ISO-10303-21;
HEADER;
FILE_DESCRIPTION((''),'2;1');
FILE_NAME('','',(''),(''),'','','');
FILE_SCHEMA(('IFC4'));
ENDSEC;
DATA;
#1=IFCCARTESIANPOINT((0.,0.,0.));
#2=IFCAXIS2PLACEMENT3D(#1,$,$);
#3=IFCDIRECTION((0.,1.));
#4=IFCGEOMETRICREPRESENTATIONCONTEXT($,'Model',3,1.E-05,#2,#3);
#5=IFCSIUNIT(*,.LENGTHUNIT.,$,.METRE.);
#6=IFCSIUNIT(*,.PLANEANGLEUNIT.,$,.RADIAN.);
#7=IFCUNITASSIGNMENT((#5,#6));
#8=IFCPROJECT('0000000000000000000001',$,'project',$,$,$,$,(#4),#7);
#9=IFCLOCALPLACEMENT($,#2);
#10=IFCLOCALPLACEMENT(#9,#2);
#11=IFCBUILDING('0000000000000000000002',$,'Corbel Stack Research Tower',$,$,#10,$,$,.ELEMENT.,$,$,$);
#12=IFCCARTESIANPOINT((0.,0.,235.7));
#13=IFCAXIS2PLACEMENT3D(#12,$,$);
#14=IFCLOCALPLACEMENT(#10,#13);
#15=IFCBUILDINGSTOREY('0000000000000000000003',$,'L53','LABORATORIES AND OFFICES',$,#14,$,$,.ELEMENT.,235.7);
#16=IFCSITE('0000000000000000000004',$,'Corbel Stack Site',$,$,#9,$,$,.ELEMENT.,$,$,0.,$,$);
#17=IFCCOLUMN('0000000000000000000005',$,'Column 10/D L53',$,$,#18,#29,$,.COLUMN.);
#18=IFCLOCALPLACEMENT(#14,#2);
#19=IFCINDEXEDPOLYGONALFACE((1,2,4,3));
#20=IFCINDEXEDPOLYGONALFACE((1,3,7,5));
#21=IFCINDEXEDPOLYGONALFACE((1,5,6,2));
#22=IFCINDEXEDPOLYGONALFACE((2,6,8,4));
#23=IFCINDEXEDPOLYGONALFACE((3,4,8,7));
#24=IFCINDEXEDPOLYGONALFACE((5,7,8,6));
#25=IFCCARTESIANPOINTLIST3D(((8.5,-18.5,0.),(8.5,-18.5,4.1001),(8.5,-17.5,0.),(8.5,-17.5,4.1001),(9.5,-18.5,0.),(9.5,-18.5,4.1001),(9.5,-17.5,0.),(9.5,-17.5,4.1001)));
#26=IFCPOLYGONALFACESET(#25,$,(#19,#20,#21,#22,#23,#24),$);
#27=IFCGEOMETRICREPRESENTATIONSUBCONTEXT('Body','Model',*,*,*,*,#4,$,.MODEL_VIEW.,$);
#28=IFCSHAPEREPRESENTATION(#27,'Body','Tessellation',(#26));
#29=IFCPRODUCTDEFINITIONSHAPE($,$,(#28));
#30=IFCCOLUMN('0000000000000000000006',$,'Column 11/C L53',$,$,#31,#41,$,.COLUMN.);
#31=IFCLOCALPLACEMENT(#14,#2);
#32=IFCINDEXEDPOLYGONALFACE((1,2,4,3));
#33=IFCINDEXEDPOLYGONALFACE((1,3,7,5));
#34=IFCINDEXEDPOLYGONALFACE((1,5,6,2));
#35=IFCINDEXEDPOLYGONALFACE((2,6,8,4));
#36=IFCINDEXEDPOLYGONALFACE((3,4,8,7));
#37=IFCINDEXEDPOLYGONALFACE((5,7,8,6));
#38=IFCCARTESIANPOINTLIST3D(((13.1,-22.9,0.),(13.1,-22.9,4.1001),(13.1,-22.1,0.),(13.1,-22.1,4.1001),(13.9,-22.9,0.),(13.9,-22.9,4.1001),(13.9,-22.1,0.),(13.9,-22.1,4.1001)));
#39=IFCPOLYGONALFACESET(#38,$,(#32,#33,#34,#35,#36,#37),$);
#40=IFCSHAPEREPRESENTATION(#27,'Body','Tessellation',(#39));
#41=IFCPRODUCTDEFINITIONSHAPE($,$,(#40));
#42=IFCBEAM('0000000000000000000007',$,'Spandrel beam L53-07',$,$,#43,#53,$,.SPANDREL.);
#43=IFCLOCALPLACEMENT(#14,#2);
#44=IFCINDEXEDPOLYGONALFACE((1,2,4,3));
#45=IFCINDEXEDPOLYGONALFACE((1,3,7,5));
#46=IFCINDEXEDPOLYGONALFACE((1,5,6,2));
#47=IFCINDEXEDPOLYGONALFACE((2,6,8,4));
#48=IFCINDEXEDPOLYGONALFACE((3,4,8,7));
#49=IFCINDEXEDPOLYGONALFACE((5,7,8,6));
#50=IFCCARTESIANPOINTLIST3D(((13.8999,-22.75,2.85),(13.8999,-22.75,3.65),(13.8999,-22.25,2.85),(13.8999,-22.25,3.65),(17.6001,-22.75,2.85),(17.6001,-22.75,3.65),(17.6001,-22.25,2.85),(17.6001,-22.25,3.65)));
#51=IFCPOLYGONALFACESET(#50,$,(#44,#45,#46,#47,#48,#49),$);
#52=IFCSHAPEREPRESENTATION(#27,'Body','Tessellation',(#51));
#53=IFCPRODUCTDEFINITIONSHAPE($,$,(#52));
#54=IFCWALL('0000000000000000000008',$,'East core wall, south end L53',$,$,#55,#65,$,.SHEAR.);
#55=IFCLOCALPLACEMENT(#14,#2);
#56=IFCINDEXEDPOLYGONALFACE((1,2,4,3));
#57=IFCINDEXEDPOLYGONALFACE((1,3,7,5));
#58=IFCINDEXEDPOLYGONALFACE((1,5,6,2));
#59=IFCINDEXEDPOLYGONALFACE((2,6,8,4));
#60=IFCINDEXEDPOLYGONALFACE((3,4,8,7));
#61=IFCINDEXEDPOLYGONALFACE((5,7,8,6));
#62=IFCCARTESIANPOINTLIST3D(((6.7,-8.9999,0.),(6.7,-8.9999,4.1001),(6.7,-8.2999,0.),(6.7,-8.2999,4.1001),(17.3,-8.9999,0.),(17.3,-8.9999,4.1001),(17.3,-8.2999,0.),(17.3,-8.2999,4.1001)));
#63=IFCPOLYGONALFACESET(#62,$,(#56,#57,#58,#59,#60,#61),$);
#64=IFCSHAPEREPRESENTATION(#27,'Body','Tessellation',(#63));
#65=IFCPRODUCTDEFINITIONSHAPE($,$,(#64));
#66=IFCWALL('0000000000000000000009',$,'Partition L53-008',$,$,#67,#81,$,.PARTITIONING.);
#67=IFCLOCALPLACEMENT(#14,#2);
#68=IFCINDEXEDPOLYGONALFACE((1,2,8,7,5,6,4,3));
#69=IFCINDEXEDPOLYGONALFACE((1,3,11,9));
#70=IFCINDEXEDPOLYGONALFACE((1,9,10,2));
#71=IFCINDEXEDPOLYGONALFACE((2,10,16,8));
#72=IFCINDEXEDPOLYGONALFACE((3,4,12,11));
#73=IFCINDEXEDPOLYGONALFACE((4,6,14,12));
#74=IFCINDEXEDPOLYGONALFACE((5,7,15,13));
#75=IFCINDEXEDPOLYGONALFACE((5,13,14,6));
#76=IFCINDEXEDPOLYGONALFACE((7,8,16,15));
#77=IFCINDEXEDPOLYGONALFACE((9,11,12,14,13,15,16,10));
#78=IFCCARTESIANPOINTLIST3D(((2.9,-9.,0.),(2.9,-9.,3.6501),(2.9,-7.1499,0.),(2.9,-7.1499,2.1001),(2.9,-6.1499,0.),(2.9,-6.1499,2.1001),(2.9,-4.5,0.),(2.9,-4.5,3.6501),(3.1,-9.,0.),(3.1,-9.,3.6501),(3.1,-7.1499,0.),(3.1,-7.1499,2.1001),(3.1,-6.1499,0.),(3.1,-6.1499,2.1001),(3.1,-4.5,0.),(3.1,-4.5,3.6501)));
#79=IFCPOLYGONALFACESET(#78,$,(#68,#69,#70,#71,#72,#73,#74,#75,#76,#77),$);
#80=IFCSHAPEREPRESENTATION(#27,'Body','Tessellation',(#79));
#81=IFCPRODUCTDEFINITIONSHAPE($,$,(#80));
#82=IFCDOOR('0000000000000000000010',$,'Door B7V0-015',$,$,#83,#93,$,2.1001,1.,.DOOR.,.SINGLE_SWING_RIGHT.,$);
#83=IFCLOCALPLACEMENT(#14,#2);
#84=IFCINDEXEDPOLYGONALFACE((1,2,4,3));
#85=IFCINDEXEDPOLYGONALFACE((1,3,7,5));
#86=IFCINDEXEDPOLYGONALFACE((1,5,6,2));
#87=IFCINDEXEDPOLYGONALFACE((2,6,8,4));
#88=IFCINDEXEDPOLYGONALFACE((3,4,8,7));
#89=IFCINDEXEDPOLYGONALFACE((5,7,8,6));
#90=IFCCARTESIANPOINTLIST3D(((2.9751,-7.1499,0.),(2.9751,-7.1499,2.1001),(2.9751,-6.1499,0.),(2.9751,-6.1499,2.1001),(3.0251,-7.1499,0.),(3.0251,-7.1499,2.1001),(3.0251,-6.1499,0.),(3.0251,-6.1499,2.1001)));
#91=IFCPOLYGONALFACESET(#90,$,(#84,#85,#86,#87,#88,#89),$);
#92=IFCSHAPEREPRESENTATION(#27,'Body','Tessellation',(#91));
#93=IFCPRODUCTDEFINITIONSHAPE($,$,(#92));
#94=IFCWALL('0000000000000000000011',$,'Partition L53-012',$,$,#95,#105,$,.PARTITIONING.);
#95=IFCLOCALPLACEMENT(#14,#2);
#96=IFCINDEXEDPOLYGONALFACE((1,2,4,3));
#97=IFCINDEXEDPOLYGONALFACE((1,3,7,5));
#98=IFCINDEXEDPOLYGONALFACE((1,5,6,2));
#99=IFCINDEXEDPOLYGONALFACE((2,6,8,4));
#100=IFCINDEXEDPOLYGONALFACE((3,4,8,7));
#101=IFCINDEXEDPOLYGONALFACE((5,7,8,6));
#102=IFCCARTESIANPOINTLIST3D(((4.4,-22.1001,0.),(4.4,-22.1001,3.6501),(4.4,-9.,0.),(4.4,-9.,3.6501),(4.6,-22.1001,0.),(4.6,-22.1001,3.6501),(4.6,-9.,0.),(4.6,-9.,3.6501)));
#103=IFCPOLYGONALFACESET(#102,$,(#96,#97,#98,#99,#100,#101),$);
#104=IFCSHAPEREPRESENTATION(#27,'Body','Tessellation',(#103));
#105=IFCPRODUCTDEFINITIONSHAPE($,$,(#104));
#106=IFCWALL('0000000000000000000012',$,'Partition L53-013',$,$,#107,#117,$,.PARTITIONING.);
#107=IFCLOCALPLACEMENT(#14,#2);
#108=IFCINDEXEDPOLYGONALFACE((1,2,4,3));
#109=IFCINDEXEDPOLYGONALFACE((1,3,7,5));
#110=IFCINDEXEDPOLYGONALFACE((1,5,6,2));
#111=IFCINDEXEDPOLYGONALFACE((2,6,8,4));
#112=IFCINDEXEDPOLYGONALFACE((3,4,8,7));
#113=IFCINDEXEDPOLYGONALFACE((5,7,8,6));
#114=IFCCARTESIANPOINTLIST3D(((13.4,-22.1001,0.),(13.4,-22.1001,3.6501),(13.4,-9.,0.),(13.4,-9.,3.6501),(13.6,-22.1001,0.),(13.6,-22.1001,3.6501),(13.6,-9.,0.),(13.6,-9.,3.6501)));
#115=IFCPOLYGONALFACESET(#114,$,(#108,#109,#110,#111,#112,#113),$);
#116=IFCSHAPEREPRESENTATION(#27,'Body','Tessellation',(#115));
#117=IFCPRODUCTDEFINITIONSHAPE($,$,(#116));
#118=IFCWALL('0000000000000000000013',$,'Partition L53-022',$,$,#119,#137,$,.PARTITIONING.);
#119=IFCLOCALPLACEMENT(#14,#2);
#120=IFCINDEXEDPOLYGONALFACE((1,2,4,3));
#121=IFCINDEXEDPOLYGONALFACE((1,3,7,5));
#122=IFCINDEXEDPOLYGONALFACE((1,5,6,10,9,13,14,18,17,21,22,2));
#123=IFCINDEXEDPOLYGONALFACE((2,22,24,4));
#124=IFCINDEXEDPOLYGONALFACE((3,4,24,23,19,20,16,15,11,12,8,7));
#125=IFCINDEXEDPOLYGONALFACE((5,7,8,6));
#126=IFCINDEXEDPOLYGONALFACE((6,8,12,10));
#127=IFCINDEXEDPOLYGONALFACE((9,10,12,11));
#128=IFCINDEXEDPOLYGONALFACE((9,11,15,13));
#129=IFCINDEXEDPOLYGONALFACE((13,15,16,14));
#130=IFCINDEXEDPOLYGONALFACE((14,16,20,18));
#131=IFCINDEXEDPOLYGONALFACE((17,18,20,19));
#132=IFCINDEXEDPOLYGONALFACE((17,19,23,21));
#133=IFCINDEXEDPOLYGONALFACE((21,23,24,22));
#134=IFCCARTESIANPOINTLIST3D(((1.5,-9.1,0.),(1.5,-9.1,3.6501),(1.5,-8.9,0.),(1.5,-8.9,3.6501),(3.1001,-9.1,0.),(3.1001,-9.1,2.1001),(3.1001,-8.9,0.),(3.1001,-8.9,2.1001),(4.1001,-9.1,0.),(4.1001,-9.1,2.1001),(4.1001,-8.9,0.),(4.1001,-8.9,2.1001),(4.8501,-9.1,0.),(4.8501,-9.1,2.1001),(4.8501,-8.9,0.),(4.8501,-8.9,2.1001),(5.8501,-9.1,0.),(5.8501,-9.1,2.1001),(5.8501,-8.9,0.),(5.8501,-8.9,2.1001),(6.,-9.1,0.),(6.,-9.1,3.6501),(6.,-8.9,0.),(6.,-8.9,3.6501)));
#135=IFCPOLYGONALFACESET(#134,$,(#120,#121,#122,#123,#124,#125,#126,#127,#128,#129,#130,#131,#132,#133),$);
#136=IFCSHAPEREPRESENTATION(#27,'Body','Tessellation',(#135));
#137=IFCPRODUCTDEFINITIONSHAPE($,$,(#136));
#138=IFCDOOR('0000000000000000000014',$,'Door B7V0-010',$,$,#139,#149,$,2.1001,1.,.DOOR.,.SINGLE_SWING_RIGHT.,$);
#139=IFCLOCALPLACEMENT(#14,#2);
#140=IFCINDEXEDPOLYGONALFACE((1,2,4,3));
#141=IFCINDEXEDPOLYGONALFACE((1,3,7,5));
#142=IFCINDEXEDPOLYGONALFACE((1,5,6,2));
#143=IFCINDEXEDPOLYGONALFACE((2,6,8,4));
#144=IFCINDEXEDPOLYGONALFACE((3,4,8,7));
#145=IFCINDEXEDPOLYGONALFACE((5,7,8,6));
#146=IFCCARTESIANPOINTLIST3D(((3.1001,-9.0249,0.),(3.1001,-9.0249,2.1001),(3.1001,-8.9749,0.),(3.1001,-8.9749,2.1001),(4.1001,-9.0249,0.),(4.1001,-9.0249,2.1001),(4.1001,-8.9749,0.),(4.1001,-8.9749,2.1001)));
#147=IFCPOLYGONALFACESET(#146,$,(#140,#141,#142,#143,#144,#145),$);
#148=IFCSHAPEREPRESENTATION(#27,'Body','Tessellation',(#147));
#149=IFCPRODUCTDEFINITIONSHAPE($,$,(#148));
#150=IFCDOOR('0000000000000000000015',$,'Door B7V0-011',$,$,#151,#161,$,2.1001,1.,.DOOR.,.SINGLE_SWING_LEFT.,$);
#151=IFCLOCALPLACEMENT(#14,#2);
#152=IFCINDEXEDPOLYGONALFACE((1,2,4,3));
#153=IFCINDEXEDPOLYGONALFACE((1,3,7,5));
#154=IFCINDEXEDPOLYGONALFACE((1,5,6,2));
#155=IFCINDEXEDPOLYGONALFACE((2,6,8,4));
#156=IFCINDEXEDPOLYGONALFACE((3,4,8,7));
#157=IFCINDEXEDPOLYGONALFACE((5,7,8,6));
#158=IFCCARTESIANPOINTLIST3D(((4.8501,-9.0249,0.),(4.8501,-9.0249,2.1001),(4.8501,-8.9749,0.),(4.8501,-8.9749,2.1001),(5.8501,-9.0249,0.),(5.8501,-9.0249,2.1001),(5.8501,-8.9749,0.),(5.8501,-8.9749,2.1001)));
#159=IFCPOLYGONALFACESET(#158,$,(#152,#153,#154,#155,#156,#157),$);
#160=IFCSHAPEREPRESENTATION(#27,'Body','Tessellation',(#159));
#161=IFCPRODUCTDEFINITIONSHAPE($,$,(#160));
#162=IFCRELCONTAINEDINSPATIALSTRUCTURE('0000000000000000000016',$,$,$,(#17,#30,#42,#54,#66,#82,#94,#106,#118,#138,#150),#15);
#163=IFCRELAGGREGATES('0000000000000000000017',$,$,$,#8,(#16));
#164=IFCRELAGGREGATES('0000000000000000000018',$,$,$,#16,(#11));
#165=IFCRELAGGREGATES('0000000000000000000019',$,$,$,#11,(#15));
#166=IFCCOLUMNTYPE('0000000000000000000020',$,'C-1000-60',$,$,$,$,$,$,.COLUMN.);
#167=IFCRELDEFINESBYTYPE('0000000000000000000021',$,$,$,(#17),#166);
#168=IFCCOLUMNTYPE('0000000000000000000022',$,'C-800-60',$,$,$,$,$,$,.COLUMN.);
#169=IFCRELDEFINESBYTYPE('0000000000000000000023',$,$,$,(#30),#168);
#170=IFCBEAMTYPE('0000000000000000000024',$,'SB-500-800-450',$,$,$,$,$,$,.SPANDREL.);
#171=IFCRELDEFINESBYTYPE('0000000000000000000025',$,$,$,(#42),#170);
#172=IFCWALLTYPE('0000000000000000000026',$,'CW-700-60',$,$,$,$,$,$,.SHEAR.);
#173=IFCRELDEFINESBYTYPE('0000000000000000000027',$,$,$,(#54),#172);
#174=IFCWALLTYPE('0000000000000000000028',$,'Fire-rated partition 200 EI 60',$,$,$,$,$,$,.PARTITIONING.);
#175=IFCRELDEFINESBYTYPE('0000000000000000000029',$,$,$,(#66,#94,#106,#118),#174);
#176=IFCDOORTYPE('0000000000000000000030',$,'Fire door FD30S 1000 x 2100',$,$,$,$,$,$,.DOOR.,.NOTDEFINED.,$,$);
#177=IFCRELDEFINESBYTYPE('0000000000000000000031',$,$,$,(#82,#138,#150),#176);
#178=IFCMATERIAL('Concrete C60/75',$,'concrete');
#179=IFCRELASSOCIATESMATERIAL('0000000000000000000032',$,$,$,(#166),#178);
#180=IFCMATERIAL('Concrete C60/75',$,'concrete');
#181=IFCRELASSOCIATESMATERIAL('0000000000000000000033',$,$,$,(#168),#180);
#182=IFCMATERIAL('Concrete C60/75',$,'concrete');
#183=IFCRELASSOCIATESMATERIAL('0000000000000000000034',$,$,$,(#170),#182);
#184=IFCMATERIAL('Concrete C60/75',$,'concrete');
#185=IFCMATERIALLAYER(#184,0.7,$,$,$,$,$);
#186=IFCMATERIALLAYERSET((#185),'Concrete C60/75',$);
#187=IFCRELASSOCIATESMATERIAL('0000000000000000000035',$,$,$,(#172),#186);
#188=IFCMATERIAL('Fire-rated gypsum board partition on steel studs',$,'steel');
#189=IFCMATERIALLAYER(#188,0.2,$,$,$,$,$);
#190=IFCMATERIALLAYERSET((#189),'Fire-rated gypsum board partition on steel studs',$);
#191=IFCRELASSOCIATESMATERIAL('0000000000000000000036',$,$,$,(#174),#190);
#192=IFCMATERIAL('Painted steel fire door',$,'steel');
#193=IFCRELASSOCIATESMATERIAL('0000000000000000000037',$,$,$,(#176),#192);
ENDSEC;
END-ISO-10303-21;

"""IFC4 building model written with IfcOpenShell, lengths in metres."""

from ifc_helpers import new_model, si_unit, direction, frame, frame_2d, origin, origin_2d, place, context, subcontext, project, spatial, rectangle, extrude, material, layer, layer_set, material_profile, profile_set, type_object, element, fill, save


model = new_model("IFC4")

# Units and contexts
model_context = context("Model", 3, precision=1e-05, world=origin(), true_north=direction((0.0, 1.0)))
body_context = subcontext(model_context, "Body", "Model", "MODEL_VIEW")
ifc_project = project(units=[si_unit("LENGTHUNIT", "METRE"), si_unit("PLANEANGLEUNIT", "RADIAN")], contexts=[model_context])

# Site, building, storey
site_placement = place(None, origin())
site = spatial("IfcSite", under=ifc_project, at=site_placement, Name="Corbel Stack Site", CompositionType="ELEMENT", RefElevation=0.0)
building_placement = place(site_placement, origin())
building = spatial("IfcBuilding", under=site, at=building_placement, Name="Corbel Stack Research Tower", CompositionType="ELEMENT")
storey_placement = place(building_placement, frame((0.0, 0.0, 235.7)))
storey = spatial("IfcBuildingStorey", under=building, at=storey_placement, Name="L53", Description="LABORATORIES AND OFFICES", CompositionType="ELEMENT", Elevation=235.7)

# Columns
ifc_material_1 = material(Name="Concrete C60/75", Category="concrete")
ifc_material_profile_1 = material_profile(ifc_material_1, rectangle(XDim=1.0, YDim=1.0, at=origin_2d()), Name="RC 1000 x 1000")
ifc_profile_set_1 = profile_set([ifc_material_profile_1], Name="Concrete C60/75")
column_type_1 = type_object("IfcColumnType", Name="C-1000-60", PredefinedType="COLUMN", material=ifc_profile_set_1)
column_1_placement = place(storey_placement, frame((9.0, -18.0, 0.0), z_axis=(0.0, 0.0, 1.0), x_axis=(1.0, 0.0, 0.0)))
element("IfcColumn", 1, at=column_1_placement, inside=storey, type_object=column_type_1, Name="Column 10/D L53", PredefinedType="COLUMN", context=body_context, shape_type="SweptSolid", body=[
    extrude(rectangle(XDim=1.0, YDim=1.0, at=origin_2d()), origin(), (0.0, 0.0, 1.0), 4.1001),
])
ifc_material_2 = material(Name="Concrete C60/75", Category="concrete")
ifc_material_profile_2 = material_profile(ifc_material_2, rectangle(XDim=0.8, YDim=0.8, at=origin_2d()), Name="RC 800 x 800")
ifc_profile_set_2 = profile_set([ifc_material_profile_2], Name="Concrete C60/75")
column_type_2 = type_object("IfcColumnType", Name="C-800-60", PredefinedType="COLUMN", material=ifc_profile_set_2)
column_2_placement = place(storey_placement, frame((13.5, -22.5, 0.0), z_axis=(0.0, 0.0, 1.0), x_axis=(1.0, 0.0, 0.0)))
element("IfcColumn", 2, at=column_2_placement, inside=storey, type_object=column_type_2, Name="Column 11/C L53", PredefinedType="COLUMN", context=body_context, shape_type="SweptSolid", body=[
    extrude(rectangle(XDim=0.8, YDim=0.8, at=origin_2d()), origin(), (0.0, 0.0, 1.0), 4.1001),
])

# Beam
ifc_material_3 = material(Name="Concrete C60/75", Category="concrete")
ifc_material_profile_3 = material_profile(ifc_material_3, rectangle(XDim=0.5, YDim=0.8, at=origin_2d()), Name="RC 500 x 800")
ifc_profile_set_3 = profile_set([ifc_material_profile_3], Name="Concrete C60/75")
beam_type = type_object("IfcBeamType", Name="SB-500-800-450", PredefinedType="SPANDREL", material=ifc_profile_set_3)
beam_placement = place(storey_placement, frame((13.8999, -22.5, 3.25), z_axis=(1.0, 0.0, 0.0), x_axis=(0.0, 1.0, 0.0)))
element("IfcBeam", 3, at=beam_placement, inside=storey, type_object=beam_type, Name="Spandrel beam L53-07", PredefinedType="SPANDREL", context=body_context, shape_type="SweptSolid", body=[
    extrude(rectangle(XDim=0.5, YDim=0.8, at=origin_2d()), origin(), (0.0, 0.0, 1.0), 3.7002),
])

# Shared definitions
ifc_material_4 = material(Name="Concrete C60/75", Category="concrete")
ifc_layer_1 = layer(ifc_material_4, 0.7)
ifc_layer_set_1 = layer_set([ifc_layer_1], Name="Concrete C60/75")
wall_type_1 = type_object("IfcWallType", Name="CW-700-60", PredefinedType="SHEAR", material=ifc_layer_set_1)

# Wall
wall_1_placement = place(storey_placement, frame((6.7, -8.6499, 0.0), z_axis=(0.0, 0.0, 1.0), x_axis=(1.0, 0.0, 0.0)))
element("IfcWall", 4, at=wall_1_placement, inside=storey, type_object=wall_type_1, Name="East core wall, south end L53", PredefinedType="SHEAR", context=body_context, shape_type="SweptSolid", body=[
    extrude(rectangle(XDim=10.6001, YDim=0.7, at=frame_2d((5.3, 0.0))), origin(), (0.0, 0.0, 1.0), 4.1001),
])

# Wall, opening, door
ifc_material_5 = material(Name="Fire-rated gypsum board partition on steel studs", Category="steel")
ifc_layer_2 = layer(ifc_material_5, 0.2)
ifc_layer_set_2 = layer_set([ifc_layer_2], Name="Fire-rated gypsum board partition on steel studs")
wall_type_2 = type_object("IfcWallType", Name="Fire-rated partition 200 EI 60", PredefinedType="PARTITIONING", material=ifc_layer_set_2)
wall_2_placement = place(storey_placement, frame((3.0, -9.0, 0.0), z_axis=(0.0, 0.0, 1.0), x_axis=(0.0, 1.0, 0.0)))
wall_2 = element("IfcWall", 5, at=wall_2_placement, inside=storey, type_object=wall_type_2, Name="Partition L53-008", PredefinedType="PARTITIONING", context=body_context, shape_type="SweptSolid", body=[
    extrude(rectangle(XDim=4.5, YDim=0.2, at=frame_2d((2.25, 0.0))), origin(), (0.0, 0.0, 1.0), 3.6501),
])
opening_1_placement = place(wall_2_placement, frame((1.8501, 0.0, 0.0)))
opening_1 = element("IfcOpeningElement", 6, at=opening_1_placement, cuts=wall_2, PredefinedType="OPENING", context=body_context, shape_type="SweptSolid", body=[
    extrude(rectangle(XDim=1.0, YDim=2.1001, at=frame_2d((0.5, 1.05))), frame((0.0, 0.1099, 0.0), z_axis=(0.0, -1.0, 0.0), x_axis=(1.0, 0.0, 0.0)), (0.0, 0.0, 1.0), 0.22),
])
ifc_material_6 = material(Name="Painted steel fire door", Category="steel")
door_type_1 = type_object("IfcDoorType", Name="Fire door FD30S 1000 x 2100", OperationType="NOTDEFINED", PredefinedType="DOOR", material=ifc_material_6)
door_1_placement = place(opening_1_placement, origin())
door_1 = element("IfcDoor", 7, at=door_1_placement, inside=storey, type_object=door_type_1, Name="Door B7V0-015", OperationType="SINGLE_SWING_RIGHT", OverallHeight=2.1001, OverallWidth=1.0, PredefinedType="DOOR", context=body_context, shape_type="SweptSolid", body=[
    extrude(rectangle(XDim=1.0, YDim=2.1001, at=frame_2d((0.5, 1.05))), frame((0.0, 0.0249, 0.0), z_axis=(0.0, -1.0, 0.0), x_axis=(1.0, 0.0, 0.0)), (0.0, 0.0, 1.0), 0.05),
])
fill(opening_1, door_1)

# Walls
for number, where, z_axis, x_axis, name in (
    (8, (4.5, -22.1001, 0.0), (0.0, 0.0, 1.0), (0.0, 1.0, 0.0), "Partition L53-012"),
    (9, (13.5, -22.1001, 0.0), (0.0, 0.0, 1.0), (0.0, 1.0, 0.0), "Partition L53-013"),
):
    element("IfcWall", number, at=place(storey_placement, frame(where, z_axis=z_axis, x_axis=x_axis)), inside=storey, type_object=wall_type_2, Name=name, PredefinedType="PARTITIONING", context=body_context, shape_type="SweptSolid", body=[
        extrude(rectangle(XDim=13.1001, YDim=0.2, at=frame_2d((6.55, 0.0))), origin(), (0.0, 0.0, 1.0), 3.6501),
    ])

# Wall, openings, doors
wall_3_placement = place(storey_placement, frame((6.0, -9.0, 0.0), z_axis=(0.0, 0.0, 1.0), x_axis=(-1.0, 0.0, 0.0)))
wall_3 = element("IfcWall", 10, at=wall_3_placement, inside=storey, type_object=wall_type_2, Name="Partition L53-022", PredefinedType="PARTITIONING", context=body_context, shape_type="SweptSolid", body=[
    extrude(rectangle(XDim=4.5, YDim=0.2, at=frame_2d((2.25, 0.0))), origin(), (0.0, 0.0, 1.0), 3.6501),
])
opening_2_placement = place(wall_3_placement, frame((1.8999, 0.0, 0.0)))
opening_2 = element("IfcOpeningElement", 11, at=opening_2_placement, cuts=wall_3, PredefinedType="OPENING", context=body_context, shape_type="SweptSolid", body=[
    extrude(rectangle(XDim=1.0, YDim=2.1001, at=frame_2d((0.5, 1.05))), frame((0.0, 0.1099, 0.0), z_axis=(0.0, -1.0, 0.0), x_axis=(1.0, 0.0, 0.0)), (0.0, 0.0, 1.0), 0.22),
])
opening_3_placement = place(wall_3_placement, frame((0.1499, 0.0, 0.0)))
opening_3 = element("IfcOpeningElement", 12, at=opening_3_placement, cuts=wall_3, PredefinedType="OPENING", context=body_context, shape_type="SweptSolid", body=[
    extrude(rectangle(XDim=1.0, YDim=2.1001, at=frame_2d((0.5, 1.05))), frame((0.0, 0.1099, 0.0), z_axis=(0.0, -1.0, 0.0), x_axis=(1.0, 0.0, 0.0)), (0.0, 0.0, 1.0), 0.22),
])
door_2_placement = place(opening_2_placement, origin())
door_2 = element("IfcDoor", 13, at=door_2_placement, inside=storey, type_object=door_type_1, Name="Door B7V0-010", OperationType="SINGLE_SWING_RIGHT", OverallHeight=2.1001, OverallWidth=1.0, PredefinedType="DOOR", context=body_context, shape_type="SweptSolid", body=[
    extrude(rectangle(XDim=1.0, YDim=2.1001, at=frame_2d((0.5, 1.05))), frame((0.0, 0.0249, 0.0), z_axis=(0.0, -1.0, 0.0), x_axis=(1.0, 0.0, 0.0)), (0.0, 0.0, 1.0), 0.05),
])
fill(opening_2, door_2)
door_3_placement = place(opening_3_placement, origin())
door_3 = element("IfcDoor", 14, at=door_3_placement, inside=storey, type_object=door_type_1, Name="Door B7V0-011", OperationType="SINGLE_SWING_LEFT", OverallHeight=2.1001, OverallWidth=1.0, PredefinedType="DOOR", context=body_context, shape_type="SweptSolid", body=[
    extrude(rectangle(XDim=1.0, YDim=2.1001, at=frame_2d((0.5, 1.05))), frame((0.0, 0.0249, 0.0), z_axis=(0.0, -1.0, 0.0), x_axis=(1.0, 0.0, 0.0)), (0.0, 0.0, 1.0), 0.05),
])
fill(opening_3, door_3)

save(model, "model.ifc")
